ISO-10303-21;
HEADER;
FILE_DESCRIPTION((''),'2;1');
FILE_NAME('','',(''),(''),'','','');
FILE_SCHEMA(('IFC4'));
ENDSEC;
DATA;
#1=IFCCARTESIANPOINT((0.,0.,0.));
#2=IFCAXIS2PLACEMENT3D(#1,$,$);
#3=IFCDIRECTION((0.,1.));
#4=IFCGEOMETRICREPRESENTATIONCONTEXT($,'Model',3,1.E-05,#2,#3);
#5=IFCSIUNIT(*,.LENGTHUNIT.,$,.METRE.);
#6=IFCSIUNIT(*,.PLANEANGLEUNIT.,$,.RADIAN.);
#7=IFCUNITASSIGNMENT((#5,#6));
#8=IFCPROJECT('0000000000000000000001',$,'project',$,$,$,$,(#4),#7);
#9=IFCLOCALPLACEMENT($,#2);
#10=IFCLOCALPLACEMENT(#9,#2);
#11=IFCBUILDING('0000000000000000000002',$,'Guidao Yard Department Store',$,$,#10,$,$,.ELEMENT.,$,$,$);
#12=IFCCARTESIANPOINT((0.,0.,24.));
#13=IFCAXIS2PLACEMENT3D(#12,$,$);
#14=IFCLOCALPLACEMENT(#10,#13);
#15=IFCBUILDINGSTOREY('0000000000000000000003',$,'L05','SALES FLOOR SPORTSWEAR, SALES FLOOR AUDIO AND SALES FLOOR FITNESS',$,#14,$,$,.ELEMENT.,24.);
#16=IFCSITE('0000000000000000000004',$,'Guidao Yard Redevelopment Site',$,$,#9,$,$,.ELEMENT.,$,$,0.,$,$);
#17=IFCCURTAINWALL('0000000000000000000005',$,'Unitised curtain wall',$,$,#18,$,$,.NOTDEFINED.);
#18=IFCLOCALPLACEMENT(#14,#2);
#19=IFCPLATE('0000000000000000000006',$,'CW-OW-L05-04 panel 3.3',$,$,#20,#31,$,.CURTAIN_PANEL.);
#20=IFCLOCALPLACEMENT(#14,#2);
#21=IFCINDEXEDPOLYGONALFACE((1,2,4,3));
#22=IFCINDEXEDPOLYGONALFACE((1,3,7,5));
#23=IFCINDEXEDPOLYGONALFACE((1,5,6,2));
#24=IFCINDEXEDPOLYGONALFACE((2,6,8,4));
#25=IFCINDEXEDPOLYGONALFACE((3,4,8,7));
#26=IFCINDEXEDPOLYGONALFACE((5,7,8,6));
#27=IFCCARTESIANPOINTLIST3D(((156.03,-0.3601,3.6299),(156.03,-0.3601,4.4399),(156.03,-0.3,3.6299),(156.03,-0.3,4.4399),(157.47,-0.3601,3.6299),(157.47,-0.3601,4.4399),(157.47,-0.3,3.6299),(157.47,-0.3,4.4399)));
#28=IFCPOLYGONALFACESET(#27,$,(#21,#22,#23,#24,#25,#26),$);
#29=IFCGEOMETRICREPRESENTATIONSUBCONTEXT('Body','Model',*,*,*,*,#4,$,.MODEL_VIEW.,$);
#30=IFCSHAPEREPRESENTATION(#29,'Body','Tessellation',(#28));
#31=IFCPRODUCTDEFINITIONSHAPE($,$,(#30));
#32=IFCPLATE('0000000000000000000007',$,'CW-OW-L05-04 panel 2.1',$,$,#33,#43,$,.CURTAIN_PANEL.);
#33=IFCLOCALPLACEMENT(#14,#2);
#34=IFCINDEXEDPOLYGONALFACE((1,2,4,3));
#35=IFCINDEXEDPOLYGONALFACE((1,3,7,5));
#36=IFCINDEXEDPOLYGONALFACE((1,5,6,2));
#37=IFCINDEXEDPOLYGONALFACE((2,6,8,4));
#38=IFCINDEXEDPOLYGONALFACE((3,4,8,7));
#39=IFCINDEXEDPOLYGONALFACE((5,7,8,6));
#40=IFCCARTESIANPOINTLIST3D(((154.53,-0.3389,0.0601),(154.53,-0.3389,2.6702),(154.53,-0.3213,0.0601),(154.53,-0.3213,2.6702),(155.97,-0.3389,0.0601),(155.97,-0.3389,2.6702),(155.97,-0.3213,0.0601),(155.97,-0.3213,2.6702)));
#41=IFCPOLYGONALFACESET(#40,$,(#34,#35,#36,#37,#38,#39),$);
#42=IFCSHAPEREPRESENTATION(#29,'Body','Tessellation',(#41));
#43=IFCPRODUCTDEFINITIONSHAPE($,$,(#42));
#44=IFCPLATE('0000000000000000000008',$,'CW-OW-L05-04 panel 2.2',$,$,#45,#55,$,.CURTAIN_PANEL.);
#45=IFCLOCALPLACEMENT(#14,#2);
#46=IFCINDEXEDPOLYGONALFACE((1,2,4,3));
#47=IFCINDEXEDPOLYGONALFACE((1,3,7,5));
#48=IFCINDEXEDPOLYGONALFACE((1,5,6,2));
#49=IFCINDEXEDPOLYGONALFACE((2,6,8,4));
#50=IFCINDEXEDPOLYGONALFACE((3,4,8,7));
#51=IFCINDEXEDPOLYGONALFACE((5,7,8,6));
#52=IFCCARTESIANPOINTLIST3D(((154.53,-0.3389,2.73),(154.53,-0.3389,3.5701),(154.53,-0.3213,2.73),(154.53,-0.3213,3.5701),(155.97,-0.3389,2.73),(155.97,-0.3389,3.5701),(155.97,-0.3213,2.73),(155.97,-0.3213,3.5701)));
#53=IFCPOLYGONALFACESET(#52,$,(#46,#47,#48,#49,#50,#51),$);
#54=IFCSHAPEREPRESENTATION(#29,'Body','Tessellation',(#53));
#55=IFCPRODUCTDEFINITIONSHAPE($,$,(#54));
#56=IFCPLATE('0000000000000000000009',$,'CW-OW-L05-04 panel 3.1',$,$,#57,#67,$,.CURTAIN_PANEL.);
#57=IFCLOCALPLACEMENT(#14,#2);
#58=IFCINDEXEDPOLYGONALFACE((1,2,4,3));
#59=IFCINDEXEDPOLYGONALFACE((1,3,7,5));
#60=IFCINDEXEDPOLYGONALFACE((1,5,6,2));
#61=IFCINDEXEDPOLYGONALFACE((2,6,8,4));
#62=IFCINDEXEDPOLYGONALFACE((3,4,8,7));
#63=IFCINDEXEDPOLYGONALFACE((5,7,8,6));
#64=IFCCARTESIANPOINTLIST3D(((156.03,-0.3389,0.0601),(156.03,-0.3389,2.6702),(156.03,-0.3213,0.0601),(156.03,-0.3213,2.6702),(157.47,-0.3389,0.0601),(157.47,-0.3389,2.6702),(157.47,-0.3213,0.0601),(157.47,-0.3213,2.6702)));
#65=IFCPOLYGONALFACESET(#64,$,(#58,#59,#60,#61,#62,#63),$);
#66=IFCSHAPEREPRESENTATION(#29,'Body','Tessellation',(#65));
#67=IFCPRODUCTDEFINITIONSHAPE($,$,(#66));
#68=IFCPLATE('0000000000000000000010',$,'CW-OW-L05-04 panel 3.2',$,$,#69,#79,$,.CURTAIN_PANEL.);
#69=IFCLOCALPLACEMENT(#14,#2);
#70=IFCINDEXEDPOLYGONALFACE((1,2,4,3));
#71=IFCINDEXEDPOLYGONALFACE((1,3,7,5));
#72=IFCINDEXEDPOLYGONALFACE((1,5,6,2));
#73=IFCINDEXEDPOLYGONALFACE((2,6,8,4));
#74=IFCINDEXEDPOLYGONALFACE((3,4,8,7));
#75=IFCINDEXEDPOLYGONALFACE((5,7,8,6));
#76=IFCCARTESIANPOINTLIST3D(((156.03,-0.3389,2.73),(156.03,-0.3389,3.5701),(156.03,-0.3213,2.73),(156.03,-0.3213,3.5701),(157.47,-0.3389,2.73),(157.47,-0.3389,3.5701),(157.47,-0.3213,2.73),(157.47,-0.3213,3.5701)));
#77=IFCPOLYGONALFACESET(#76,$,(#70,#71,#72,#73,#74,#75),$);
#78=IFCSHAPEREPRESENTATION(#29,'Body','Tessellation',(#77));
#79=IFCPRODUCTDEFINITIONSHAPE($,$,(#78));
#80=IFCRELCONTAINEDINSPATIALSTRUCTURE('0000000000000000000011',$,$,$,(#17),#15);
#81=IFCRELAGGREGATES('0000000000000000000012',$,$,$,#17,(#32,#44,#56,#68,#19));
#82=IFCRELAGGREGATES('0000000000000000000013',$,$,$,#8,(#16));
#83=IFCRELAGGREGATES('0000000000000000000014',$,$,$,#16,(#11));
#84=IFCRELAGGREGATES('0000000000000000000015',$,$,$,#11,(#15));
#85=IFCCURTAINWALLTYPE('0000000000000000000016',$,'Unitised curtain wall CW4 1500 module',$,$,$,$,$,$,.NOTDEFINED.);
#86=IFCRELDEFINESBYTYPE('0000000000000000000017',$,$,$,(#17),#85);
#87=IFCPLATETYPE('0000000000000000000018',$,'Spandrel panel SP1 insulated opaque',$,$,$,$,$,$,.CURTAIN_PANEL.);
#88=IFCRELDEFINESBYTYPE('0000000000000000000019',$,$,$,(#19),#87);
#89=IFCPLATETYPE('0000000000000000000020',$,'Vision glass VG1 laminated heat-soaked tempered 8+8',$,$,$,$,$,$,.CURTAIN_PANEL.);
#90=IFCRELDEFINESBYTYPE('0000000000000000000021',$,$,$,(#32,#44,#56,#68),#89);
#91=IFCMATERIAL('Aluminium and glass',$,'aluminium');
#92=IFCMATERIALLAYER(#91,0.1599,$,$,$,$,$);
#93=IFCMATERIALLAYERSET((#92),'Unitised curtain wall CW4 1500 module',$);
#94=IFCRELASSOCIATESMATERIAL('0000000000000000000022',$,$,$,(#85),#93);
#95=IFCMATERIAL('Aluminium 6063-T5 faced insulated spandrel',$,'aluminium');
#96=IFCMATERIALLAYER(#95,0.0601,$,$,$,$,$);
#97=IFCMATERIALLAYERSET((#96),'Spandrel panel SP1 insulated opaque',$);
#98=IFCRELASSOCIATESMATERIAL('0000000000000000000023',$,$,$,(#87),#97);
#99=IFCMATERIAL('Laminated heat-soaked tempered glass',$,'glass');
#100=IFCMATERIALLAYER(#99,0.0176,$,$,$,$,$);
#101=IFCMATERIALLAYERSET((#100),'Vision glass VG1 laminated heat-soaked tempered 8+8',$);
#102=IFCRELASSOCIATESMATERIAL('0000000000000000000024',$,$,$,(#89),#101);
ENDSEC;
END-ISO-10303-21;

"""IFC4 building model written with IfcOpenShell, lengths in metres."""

from ifc_helpers import new_model, si_unit, direction, frame, origin, origin_2d, place, context, subcontext, project, spatial, rectangle, extrude, material, layer, layer_set, type_object, element, aggregate, save


model = new_model("IFC4")

# Units and contexts
model_context = context("Model", 3, precision=1e-05, world=origin(), true_north=direction((0.0, 1.0)))
body_context = subcontext(model_context, "Body", "Model", "MODEL_VIEW")
ifc_project = project(units=[si_unit("LENGTHUNIT", "METRE"), si_unit("PLANEANGLEUNIT", "RADIAN")], contexts=[model_context])

# Site, building, storey
site_placement = place(None, origin())
site = spatial("IfcSite", under=ifc_project, at=site_placement, Name="Guidao Yard Redevelopment Site", CompositionType="ELEMENT", RefElevation=0.0)
building_placement = place(site_placement, origin())
building = spatial("IfcBuilding", under=site, at=building_placement, Name="Guidao Yard Department Store", CompositionType="ELEMENT")
storey_placement = place(building_placement, frame((0.0, 0.0, 24.0)))
storey = spatial("IfcBuildingStorey", under=building, at=storey_placement, Name="L05", Description="SALES FLOOR SPORTSWEAR, SALES FLOOR AUDIO AND SALES FLOOR FITNESS", CompositionType="ELEMENT", Elevation=24.0)

# Curtain wall, plates
ifc_material_1 = material(Name="Aluminium and glass", Category="aluminium")
ifc_layer_1 = layer(ifc_material_1, 0.1599)
ifc_layer_set_1 = layer_set([ifc_layer_1], Name="Unitised curtain wall CW4 1500 module")
curtain_wall_type = type_object("IfcCurtainWallType", Name="Unitised curtain wall CW4 1500 module", PredefinedType="NOTDEFINED", material=ifc_layer_set_1)
curtain_wall_placement = place(storey_placement, origin())
curtain_wall = element("IfcCurtainWall", 1, at=curtain_wall_placement, inside=storey, type_object=curtain_wall_type, Name="Unitised curtain wall", PredefinedType="NOTDEFINED")
ifc_material_2 = material(Name="Aluminium 6063-T5 faced insulated spandrel", Category="aluminium")
ifc_layer_2 = layer(ifc_material_2, 0.0601)
ifc_layer_set_2 = layer_set([ifc_layer_2], Name="Spandrel panel SP1 insulated opaque")
plate_type_1 = type_object("IfcPlateType", Name="Spandrel panel SP1 insulated opaque", PredefinedType="CURTAIN_PANEL", material=ifc_layer_set_2)
plate_1_placement = place(storey_placement, frame((156.75, -0.3301, 3.6299), z_axis=(0.0, 0.0, 1.0), x_axis=(-1.0, 0.0, 0.0)))
plate_1 = element("IfcPlate", 2, at=plate_1_placement, type_object=plate_type_1, Name="CW-OW-L05-04 panel 3.3", PredefinedType="CURTAIN_PANEL", context=body_context, shape_type="SweptSolid", body=[
    extrude(rectangle(XDim=1.4399, YDim=0.0601, at=origin_2d()), origin(), (0.0, 0.0, 1.0), 0.8101),
])
ifc_material_3 = material(Name="Laminated heat-soaked tempered glass", Category="glass")
ifc_layer_3 = layer(ifc_material_3, 0.0176)
ifc_layer_set_3 = layer_set([ifc_layer_3], Name="Vision glass VG1 laminated heat-soaked tempered 8+8")
plate_type_2 = type_object("IfcPlateType", Name="Vision glass VG1 laminated heat-soaked tempered 8+8", PredefinedType="CURTAIN_PANEL", material=ifc_layer_set_3)
plate_2_placement = place(storey_placement, frame((155.25, -0.3301, 0.0601), z_axis=(0.0, 0.0, 1.0), x_axis=(-1.0, 0.0, 0.0)))
plate_2 = element("IfcPlate", 3, at=plate_2_placement, type_object=plate_type_2, Name="CW-OW-L05-04 panel 2.1", PredefinedType="CURTAIN_PANEL", context=body_context, shape_type="SweptSolid", body=[
    extrude(rectangle(XDim=1.4399, YDim=0.0176, at=origin_2d()), origin(), (0.0, 0.0, 1.0), 2.6101),
])
plate_3_placement = place(storey_placement, frame((155.25, -0.3301, 2.73), z_axis=(0.0, 0.0, 1.0), x_axis=(-1.0, 0.0, 0.0)))
plate_3 = element("IfcPlate", 4, at=plate_3_placement, type_object=plate_type_2, Name="CW-OW-L05-04 panel 2.2", PredefinedType="CURTAIN_PANEL", context=body_context, shape_type="SweptSolid", body=[
    extrude(rectangle(XDim=1.4399, YDim=0.0176, at=origin_2d()), origin(), (0.0, 0.0, 1.0), 0.8401),
])
plate_4_placement = place(storey_placement, frame((156.75, -0.3301, 0.0601), z_axis=(0.0, 0.0, 1.0), x_axis=(-1.0, 0.0, 0.0)))
plate_4 = element("IfcPlate", 5, at=plate_4_placement, type_object=plate_type_2, Name="CW-OW-L05-04 panel 3.1", PredefinedType="CURTAIN_PANEL", context=body_context, shape_type="SweptSolid", body=[
    extrude(rectangle(XDim=1.4399, YDim=0.0176, at=origin_2d()), origin(), (0.0, 0.0, 1.0), 2.6101),
])
plate_5_placement = place(storey_placement, frame((156.75, -0.3301, 2.73), z_axis=(0.0, 0.0, 1.0), x_axis=(-1.0, 0.0, 0.0)))
plate_5 = element("IfcPlate", 6, at=plate_5_placement, type_object=plate_type_2, Name="CW-OW-L05-04 panel 3.2", PredefinedType="CURTAIN_PANEL", context=body_context, shape_type="SweptSolid", body=[
    extrude(rectangle(XDim=1.4399, YDim=0.0176, at=origin_2d()), origin(), (0.0, 0.0, 1.0), 0.8401),
])
aggregate(curtain_wall, [plate_2, plate_3, plate_4, plate_5, plate_1])

save(model, "model.ifc")
